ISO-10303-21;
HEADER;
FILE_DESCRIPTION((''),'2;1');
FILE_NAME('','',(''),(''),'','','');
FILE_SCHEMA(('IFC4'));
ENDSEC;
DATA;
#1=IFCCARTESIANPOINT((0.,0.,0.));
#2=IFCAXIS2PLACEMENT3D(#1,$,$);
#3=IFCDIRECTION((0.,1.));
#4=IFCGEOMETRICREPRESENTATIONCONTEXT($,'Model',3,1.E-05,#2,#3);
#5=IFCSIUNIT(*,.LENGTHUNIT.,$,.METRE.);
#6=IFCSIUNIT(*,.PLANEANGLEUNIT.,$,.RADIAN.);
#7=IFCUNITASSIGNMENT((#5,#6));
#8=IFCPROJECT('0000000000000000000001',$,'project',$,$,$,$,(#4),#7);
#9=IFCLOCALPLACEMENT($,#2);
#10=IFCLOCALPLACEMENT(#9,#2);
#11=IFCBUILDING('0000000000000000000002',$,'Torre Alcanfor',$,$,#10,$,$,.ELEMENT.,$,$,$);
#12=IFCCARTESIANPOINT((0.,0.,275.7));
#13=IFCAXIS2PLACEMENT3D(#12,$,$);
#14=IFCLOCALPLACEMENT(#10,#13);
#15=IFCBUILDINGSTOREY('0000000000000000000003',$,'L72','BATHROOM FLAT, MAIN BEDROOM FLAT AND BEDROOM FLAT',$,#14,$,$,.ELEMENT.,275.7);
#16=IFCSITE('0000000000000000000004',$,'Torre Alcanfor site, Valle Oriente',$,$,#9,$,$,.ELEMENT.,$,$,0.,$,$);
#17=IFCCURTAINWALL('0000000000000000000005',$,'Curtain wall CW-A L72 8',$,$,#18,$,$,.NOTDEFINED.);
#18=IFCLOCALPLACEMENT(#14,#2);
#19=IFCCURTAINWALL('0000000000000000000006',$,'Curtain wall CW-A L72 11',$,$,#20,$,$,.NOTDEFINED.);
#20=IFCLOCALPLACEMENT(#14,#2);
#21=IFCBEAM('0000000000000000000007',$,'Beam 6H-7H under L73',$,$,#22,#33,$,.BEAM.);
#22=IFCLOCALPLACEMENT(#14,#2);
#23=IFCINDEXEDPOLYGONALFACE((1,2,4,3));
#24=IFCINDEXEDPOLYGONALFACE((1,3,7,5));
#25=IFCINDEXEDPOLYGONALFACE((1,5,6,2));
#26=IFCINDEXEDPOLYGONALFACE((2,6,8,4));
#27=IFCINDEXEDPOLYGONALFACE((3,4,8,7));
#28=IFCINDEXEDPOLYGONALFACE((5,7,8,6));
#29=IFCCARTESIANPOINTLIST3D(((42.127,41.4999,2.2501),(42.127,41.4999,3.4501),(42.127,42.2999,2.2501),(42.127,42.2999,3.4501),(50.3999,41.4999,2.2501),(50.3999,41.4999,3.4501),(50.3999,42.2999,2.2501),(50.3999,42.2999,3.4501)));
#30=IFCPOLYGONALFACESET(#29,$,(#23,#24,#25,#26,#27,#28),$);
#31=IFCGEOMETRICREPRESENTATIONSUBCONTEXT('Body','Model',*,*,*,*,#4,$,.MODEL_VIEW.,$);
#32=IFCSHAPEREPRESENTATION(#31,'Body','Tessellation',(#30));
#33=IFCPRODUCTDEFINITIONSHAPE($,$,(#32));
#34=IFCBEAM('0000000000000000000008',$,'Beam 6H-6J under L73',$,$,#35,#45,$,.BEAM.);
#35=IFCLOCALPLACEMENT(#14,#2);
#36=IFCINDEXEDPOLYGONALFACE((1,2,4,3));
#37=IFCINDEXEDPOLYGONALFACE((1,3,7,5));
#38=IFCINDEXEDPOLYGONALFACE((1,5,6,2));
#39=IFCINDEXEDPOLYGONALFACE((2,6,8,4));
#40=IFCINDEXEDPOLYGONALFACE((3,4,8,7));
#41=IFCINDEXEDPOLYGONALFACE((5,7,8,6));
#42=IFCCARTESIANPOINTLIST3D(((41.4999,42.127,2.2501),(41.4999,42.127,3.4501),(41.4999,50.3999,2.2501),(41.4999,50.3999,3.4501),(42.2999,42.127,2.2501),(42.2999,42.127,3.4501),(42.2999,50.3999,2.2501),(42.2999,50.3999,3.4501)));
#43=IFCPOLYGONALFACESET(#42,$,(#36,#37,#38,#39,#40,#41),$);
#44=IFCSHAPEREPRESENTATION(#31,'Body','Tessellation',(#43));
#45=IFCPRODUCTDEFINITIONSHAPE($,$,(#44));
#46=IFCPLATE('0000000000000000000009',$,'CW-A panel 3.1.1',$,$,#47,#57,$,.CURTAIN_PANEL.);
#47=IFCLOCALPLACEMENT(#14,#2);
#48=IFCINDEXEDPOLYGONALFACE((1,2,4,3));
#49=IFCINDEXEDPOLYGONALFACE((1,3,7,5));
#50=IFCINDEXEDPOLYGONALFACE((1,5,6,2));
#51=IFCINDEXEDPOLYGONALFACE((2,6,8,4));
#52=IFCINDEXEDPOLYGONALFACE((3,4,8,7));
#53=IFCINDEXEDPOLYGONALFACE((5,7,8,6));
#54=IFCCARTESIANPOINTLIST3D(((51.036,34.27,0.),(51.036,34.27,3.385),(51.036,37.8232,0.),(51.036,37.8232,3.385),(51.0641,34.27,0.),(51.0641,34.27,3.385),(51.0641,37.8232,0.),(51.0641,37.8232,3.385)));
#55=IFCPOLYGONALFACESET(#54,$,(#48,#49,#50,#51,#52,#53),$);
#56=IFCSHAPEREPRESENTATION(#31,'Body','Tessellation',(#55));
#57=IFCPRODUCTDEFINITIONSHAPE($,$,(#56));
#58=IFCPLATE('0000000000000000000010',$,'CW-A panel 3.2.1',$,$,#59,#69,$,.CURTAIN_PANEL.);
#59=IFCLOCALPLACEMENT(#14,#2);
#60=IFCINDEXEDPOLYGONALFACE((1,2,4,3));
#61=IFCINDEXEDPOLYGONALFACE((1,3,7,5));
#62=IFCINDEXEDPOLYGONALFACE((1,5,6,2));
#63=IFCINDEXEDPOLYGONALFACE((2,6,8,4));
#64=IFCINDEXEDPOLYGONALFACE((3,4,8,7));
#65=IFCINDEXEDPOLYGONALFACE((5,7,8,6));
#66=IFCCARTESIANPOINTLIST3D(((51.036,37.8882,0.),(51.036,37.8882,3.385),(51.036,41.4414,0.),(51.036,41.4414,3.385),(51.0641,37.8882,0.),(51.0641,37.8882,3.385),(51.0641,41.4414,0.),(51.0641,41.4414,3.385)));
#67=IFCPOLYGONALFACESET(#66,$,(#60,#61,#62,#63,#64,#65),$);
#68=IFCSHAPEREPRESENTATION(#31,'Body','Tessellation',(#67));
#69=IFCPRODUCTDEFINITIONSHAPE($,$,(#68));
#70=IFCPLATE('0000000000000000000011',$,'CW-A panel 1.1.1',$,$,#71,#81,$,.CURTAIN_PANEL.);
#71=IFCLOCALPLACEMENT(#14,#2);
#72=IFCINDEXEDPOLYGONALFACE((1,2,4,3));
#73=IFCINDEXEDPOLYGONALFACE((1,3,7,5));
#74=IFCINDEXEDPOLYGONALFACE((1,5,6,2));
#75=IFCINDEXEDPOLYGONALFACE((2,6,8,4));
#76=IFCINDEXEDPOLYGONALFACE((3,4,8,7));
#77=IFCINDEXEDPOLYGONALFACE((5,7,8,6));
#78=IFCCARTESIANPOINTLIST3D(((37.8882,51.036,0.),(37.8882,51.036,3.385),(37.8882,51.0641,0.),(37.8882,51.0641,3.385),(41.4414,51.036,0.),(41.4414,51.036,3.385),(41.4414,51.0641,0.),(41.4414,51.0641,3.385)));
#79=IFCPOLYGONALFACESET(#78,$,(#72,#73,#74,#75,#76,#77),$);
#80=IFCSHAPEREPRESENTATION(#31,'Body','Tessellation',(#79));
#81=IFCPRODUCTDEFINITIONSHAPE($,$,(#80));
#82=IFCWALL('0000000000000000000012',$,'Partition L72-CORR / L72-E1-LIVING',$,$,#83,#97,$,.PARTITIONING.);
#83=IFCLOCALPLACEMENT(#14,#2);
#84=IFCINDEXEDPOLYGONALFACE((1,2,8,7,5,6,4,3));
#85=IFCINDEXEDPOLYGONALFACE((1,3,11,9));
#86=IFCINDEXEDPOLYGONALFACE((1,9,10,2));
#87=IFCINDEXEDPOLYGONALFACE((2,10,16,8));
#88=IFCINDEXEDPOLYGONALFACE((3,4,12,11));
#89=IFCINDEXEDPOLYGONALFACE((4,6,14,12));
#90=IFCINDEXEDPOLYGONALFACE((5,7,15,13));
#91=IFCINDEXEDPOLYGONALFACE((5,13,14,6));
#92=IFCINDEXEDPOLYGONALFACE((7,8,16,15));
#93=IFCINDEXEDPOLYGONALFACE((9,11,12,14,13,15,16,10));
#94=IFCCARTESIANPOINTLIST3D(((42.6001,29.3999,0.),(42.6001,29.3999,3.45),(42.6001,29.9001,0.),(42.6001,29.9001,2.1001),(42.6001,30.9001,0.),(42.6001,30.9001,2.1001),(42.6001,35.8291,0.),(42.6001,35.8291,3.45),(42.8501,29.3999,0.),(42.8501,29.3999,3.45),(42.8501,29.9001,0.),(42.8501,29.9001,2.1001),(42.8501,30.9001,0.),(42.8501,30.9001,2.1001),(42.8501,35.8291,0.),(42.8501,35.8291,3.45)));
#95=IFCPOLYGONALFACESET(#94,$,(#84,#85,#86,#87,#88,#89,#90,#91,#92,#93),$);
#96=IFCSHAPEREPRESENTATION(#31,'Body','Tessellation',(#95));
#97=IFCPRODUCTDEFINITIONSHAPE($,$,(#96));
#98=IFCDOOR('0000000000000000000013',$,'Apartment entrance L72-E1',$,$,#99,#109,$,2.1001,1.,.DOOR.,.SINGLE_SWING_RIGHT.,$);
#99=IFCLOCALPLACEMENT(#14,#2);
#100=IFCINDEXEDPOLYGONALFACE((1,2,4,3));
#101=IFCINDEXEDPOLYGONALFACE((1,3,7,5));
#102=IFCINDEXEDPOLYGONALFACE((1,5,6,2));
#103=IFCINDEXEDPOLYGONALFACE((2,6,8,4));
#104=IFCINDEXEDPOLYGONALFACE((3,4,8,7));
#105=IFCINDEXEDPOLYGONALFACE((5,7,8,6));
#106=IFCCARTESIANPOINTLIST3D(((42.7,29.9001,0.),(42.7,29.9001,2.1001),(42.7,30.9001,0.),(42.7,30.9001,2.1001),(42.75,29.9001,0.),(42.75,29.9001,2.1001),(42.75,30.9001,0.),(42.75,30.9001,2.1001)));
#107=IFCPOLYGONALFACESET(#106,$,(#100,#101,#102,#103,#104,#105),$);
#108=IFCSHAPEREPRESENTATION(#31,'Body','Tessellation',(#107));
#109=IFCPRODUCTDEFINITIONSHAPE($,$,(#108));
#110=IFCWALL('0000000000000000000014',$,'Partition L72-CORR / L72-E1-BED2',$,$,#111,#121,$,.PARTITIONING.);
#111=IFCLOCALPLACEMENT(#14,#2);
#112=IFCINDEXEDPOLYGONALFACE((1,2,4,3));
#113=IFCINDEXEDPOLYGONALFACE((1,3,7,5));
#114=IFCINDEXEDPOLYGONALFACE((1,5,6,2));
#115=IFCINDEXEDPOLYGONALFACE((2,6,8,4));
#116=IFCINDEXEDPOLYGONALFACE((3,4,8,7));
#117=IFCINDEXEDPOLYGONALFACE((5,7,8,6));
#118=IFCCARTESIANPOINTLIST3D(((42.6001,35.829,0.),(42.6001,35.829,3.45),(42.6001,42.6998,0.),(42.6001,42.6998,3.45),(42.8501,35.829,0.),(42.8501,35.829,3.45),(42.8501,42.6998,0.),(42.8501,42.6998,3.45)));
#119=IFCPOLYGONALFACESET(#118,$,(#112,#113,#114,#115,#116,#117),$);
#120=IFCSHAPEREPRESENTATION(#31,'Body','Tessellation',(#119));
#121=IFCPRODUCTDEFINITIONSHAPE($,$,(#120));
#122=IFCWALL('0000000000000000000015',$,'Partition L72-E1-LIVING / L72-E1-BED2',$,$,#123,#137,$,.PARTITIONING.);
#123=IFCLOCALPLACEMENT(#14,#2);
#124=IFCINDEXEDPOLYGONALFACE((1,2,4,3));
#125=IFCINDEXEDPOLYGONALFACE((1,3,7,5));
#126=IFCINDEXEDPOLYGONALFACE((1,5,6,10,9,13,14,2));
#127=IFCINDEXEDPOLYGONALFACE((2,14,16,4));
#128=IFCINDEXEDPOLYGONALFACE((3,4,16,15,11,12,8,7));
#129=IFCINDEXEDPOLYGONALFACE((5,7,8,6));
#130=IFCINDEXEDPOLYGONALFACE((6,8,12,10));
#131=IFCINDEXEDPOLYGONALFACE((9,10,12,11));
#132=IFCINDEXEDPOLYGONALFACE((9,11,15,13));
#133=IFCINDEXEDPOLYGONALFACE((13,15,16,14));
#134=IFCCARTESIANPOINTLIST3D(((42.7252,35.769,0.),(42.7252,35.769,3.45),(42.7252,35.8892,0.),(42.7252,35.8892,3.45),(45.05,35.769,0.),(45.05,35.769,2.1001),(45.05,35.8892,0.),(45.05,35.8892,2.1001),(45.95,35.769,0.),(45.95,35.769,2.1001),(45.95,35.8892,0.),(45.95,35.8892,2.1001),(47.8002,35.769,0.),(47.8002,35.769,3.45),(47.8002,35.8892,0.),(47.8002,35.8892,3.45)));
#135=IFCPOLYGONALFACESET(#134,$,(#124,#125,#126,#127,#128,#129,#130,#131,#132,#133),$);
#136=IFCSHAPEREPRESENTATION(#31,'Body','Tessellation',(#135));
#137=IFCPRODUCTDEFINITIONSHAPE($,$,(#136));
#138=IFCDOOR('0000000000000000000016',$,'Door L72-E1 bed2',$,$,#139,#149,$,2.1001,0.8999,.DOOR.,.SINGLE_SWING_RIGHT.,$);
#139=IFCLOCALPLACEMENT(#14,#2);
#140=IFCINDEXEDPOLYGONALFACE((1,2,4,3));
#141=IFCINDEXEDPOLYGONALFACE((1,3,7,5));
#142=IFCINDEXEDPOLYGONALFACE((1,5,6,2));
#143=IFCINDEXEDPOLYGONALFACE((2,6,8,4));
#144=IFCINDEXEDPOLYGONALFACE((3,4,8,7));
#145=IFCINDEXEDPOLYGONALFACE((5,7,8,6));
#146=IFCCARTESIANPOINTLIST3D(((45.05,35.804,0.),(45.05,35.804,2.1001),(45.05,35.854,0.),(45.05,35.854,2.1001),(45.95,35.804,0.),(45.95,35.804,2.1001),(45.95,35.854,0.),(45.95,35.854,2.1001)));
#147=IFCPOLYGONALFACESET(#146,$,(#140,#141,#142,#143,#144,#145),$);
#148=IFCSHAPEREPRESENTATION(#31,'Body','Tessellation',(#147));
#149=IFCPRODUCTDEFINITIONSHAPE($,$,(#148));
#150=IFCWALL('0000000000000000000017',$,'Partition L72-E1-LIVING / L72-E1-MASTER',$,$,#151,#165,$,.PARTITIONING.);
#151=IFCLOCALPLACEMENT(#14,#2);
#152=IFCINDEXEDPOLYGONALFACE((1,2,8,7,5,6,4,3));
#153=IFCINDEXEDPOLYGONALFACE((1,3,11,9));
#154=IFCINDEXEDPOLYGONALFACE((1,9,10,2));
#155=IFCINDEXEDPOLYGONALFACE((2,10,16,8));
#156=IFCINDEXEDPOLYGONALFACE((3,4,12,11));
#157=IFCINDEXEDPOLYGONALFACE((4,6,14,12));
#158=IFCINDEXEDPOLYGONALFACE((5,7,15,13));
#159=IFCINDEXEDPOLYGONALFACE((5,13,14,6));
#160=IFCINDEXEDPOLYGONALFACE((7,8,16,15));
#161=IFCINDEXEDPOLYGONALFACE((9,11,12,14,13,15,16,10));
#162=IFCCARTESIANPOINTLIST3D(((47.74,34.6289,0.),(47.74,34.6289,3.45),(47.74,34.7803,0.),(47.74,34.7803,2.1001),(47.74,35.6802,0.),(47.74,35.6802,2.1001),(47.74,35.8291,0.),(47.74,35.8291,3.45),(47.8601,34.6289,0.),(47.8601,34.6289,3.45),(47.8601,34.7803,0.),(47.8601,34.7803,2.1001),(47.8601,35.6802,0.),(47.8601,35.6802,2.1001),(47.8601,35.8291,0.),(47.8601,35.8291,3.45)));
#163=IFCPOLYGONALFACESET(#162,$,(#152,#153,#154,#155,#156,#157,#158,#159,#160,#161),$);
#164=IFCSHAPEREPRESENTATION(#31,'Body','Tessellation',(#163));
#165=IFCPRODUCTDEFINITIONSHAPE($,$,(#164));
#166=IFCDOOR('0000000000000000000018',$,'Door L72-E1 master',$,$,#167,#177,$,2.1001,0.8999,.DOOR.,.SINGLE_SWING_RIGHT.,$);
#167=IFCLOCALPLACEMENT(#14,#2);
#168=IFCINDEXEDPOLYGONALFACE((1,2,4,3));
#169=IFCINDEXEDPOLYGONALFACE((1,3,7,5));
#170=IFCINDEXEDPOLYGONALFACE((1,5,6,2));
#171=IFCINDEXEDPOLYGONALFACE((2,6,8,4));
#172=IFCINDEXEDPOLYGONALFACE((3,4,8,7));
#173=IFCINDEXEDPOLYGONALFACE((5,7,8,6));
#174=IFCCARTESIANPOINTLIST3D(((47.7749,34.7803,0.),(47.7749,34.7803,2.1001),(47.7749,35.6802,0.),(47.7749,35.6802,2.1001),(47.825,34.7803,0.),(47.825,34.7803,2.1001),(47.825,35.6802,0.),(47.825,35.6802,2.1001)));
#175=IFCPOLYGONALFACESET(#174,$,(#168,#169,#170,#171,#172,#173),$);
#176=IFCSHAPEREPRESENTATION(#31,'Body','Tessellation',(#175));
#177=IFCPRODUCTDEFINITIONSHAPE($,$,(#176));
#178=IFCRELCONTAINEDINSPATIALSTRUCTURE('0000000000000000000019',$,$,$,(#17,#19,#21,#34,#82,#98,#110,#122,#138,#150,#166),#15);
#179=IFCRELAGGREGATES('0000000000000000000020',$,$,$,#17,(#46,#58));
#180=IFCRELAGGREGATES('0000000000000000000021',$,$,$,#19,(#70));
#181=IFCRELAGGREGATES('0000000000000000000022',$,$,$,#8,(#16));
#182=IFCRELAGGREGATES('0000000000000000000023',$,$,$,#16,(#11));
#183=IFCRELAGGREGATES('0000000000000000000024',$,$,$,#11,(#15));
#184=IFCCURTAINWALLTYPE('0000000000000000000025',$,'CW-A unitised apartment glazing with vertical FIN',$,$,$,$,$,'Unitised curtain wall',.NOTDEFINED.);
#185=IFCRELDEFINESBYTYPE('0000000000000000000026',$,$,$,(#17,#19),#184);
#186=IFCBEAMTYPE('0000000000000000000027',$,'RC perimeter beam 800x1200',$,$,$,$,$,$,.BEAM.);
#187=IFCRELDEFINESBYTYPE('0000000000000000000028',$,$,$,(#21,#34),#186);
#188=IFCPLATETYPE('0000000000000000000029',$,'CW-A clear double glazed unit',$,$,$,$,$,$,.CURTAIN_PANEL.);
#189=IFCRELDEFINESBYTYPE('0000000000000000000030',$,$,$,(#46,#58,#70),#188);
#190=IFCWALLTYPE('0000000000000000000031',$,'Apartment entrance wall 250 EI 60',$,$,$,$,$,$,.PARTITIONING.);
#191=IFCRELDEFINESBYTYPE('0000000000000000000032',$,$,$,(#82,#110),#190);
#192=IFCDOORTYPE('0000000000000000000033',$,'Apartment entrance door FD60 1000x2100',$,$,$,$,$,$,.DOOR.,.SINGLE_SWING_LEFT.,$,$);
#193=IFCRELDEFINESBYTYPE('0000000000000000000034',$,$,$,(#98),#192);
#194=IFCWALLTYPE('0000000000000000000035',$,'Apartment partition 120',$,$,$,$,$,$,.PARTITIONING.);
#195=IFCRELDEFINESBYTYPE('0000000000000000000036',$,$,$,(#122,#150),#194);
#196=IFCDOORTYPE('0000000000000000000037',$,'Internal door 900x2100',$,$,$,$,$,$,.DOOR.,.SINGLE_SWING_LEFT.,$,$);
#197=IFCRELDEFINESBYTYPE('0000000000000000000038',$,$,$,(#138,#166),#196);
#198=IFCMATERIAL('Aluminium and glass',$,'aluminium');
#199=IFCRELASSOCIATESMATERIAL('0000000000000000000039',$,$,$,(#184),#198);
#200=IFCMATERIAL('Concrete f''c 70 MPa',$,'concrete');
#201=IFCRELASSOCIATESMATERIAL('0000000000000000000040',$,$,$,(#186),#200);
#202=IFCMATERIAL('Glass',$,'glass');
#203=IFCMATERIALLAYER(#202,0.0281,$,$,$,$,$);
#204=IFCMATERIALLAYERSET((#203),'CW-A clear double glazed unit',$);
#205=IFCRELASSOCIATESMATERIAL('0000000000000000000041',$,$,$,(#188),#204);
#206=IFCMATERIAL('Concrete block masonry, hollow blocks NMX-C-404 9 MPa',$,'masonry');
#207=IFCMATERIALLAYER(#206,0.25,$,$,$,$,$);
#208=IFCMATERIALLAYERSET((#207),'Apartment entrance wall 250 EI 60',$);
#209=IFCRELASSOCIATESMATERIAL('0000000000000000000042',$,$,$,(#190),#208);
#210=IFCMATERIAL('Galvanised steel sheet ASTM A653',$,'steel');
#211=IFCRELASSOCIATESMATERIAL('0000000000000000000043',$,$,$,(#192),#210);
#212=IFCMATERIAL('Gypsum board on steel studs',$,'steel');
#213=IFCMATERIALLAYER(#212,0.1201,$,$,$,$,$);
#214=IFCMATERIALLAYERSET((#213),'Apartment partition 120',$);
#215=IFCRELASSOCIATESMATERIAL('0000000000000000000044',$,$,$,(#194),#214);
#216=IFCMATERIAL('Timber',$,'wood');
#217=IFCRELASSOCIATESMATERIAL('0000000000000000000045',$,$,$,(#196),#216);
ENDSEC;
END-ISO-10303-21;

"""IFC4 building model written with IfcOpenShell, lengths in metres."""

from ifc_helpers import new_model, si_unit, direction, frame, frame_2d, origin, origin_2d, place, context, subcontext, project, spatial, rectangle, extrude, material, layer, layer_set, material_profile, profile_set, type_object, element, fill, aggregate, save


model = new_model("IFC4")

# Units and contexts
model_context = context("Model", 3, precision=1e-05, world=origin(), true_north=direction((0.0, 1.0)))
body_context = subcontext(model_context, "Body", "Model", "MODEL_VIEW")
ifc_project = project(units=[si_unit("LENGTHUNIT", "METRE"), si_unit("PLANEANGLEUNIT", "RADIAN")], contexts=[model_context])

# Site, building, storey
site_placement = place(None, origin())
site = spatial("IfcSite", under=ifc_project, at=site_placement, Name="Torre Alcanfor site, Valle Oriente", CompositionType="ELEMENT", RefElevation=0.0)
building_placement = place(site_placement, origin())
building = spatial("IfcBuilding", under=site, at=building_placement, Name="Torre Alcanfor", CompositionType="ELEMENT")
storey_placement = place(building_placement, frame((0.0, 0.0, 275.7)))
storey = spatial("IfcBuildingStorey", under=building, at=storey_placement, Name="L72", Description="BATHROOM FLAT, MAIN BEDROOM FLAT AND BEDROOM FLAT", CompositionType="ELEMENT", Elevation=275.7)

# Curtain walls
ifc_material_1 = material(Name="Aluminium and glass", Category="aluminium")
curtain_wall_type = type_object("IfcCurtainWallType", Name="CW-A unitised apartment glazing with vertical FIN", ElementType="Unitised curtain wall", PredefinedType="NOTDEFINED", material=ifc_material_1)
curtain_wall_1_placement = place(storey_placement, origin())
curtain_wall_1 = element("IfcCurtainWall", 1, at=curtain_wall_1_placement, inside=storey, type_object=curtain_wall_type, Name="Curtain wall CW-A L72 8", PredefinedType="NOTDEFINED")
curtain_wall_2_placement = place(storey_placement, origin())
curtain_wall_2 = element("IfcCurtainWall", 2, at=curtain_wall_2_placement, inside=storey, type_object=curtain_wall_type, Name="Curtain wall CW-A L72 11", PredefinedType="NOTDEFINED")

# Beams
ifc_material_2 = material(Name="Concrete f'c 70 MPa", Category="concrete")
ifc_material_profile_1 = material_profile(ifc_material_2, rectangle(XDim=0.8, YDim=1.2, at=origin_2d()), Name="800x1200")
ifc_profile_set_1 = profile_set([ifc_material_profile_1], Name="Concrete f'c 70 MPa")
beam_type = type_object("IfcBeamType", Name="RC perimeter beam 800x1200", PredefinedType="BEAM", material=ifc_profile_set_1)
for number, where, z_axis, x_axis, name in (
    (3, (42.127, 41.8999, 2.8501), (1.0, 0.0, 0.0), (0.0, 1.0, 0.0), "Beam 6H-7H under L73"),
    (4, (41.8999, 42.127, 2.8501), (0.0, 1.0, 0.0), (-1.0, 0.0, 0.0), "Beam 6H-6J under L73"),
):
    element("IfcBeam", number, at=place(storey_placement, frame(where, z_axis=z_axis, x_axis=x_axis)), inside=storey, type_object=beam_type, Name=name, PredefinedType="BEAM", context=body_context, shape_type="SweptSolid", body=[
        extrude(rectangle(XDim=0.8, YDim=1.2, at=origin_2d()), origin(), (0.0, 0.0, 1.0), 8.2729),
    ])

# Plates
ifc_material_3 = material(Name="Glass", Category="glass")
ifc_layer_1 = layer(ifc_material_3, 0.0281)
ifc_layer_set_1 = layer_set([ifc_layer_1], Name="CW-A clear double glazed unit")
plate_type = type_object("IfcPlateType", Name="CW-A clear double glazed unit", PredefinedType="CURTAIN_PANEL", material=ifc_layer_set_1)
plate_1_placement = place(storey_placement, frame((51.05, 36.0466, 0.0), z_axis=(0.0, 0.0, 1.0), x_axis=(0.0, 1.0, 0.0)))
plate_1 = element("IfcPlate", 5, at=plate_1_placement, type_object=plate_type, Name="CW-A panel 3.1.1", PredefinedType="CURTAIN_PANEL", context=body_context, shape_type="SweptSolid", body=[
    extrude(rectangle(XDim=3.5532, YDim=0.0281, at=origin_2d()), origin(), (0.0, 0.0, 1.0), 3.385),
])
plate_2_placement = place(storey_placement, frame((51.05, 39.6648, 0.0), z_axis=(0.0, 0.0, 1.0), x_axis=(0.0, 1.0, 0.0)))
plate_2 = element("IfcPlate", 6, at=plate_2_placement, type_object=plate_type, Name="CW-A panel 3.2.1", PredefinedType="CURTAIN_PANEL", context=body_context, shape_type="SweptSolid", body=[
    extrude(rectangle(XDim=3.5532, YDim=0.0281, at=origin_2d()), origin(), (0.0, 0.0, 1.0), 3.385),
])
aggregate(curtain_wall_1, [plate_1, plate_2])
plate_3_placement = place(storey_placement, frame((39.6648, 51.05, 0.0), z_axis=(0.0, 0.0, 1.0), x_axis=(-1.0, 0.0, 0.0)))
plate_3 = element("IfcPlate", 7, at=plate_3_placement, type_object=plate_type, Name="CW-A panel 1.1.1", PredefinedType="CURTAIN_PANEL", context=body_context, shape_type="SweptSolid", body=[
    extrude(rectangle(XDim=3.5532, YDim=0.0281, at=origin_2d()), origin(), (0.0, 0.0, 1.0), 3.385),
])
aggregate(curtain_wall_2, [plate_3])

# Wall, opening, door
ifc_material_4 = material(Name="Concrete block masonry, hollow blocks NMX-C-404 9 MPa", Category="masonry")
ifc_layer_2 = layer(ifc_material_4, 0.25)
ifc_layer_set_2 = layer_set([ifc_layer_2], Name="Apartment entrance wall 250 EI 60")
wall_type_1 = type_object("IfcWallType", Name="Apartment entrance wall 250 EI 60", PredefinedType="PARTITIONING", material=ifc_layer_set_2)
wall_1_placement = place(storey_placement, frame((42.7251, 35.8291, 0.0), z_axis=(0.0, 0.0, 1.0), x_axis=(0.0, -1.0, 0.0)))
wall_1 = element("IfcWall", 8, at=wall_1_placement, inside=storey, type_object=wall_type_1, Name="Partition L72-CORR / L72-E1-LIVING", PredefinedType="PARTITIONING", context=body_context, shape_type="SweptSolid", body=[
    extrude(rectangle(XDim=6.4292, YDim=0.25, at=frame_2d((3.2146, 0.0))), origin(), (0.0, 0.0, 1.0), 3.45),
])
opening_1_placement = place(wall_1_placement, frame((4.929, 0.0, 0.0)))
opening_1 = element("IfcOpeningElement", 9, at=opening_1_placement, cuts=wall_1, PredefinedType="OPENING", context=body_context, shape_type="SweptSolid", body=[
    extrude(rectangle(XDim=1.0, YDim=2.1001, at=frame_2d((0.5, 1.05))), frame((0.0, 0.135, 0.0), z_axis=(0.0, -1.0, 0.0), x_axis=(1.0, 0.0, 0.0)), (0.0, 0.0, 1.0), 0.27),
])
ifc_material_5 = material(Name="Galvanised steel sheet ASTM A653", Category="steel")
door_type_1 = type_object("IfcDoorType", Name="Apartment entrance door FD60 1000x2100", OperationType="SINGLE_SWING_LEFT", PredefinedType="DOOR", material=ifc_material_5)
door_1_placement = place(opening_1_placement, origin())
door_1 = element("IfcDoor", 10, at=door_1_placement, inside=storey, type_object=door_type_1, Name="Apartment entrance L72-E1", OperationType="SINGLE_SWING_RIGHT", OverallHeight=2.1001, OverallWidth=1.0, PredefinedType="DOOR", context=body_context, shape_type="SweptSolid", body=[
    extrude(rectangle(XDim=1.0, YDim=2.1001, at=frame_2d((0.5, 1.05))), frame((0.0, 0.0249, 0.0), z_axis=(0.0, -1.0, 0.0), x_axis=(1.0, 0.0, 0.0)), (0.0, 0.0, 1.0), 0.05),
])
fill(opening_1, door_1)

# Wall
wall_2_placement = place(storey_placement, frame((42.7251, 42.7, 0.0), z_axis=(0.0, 0.0, 1.0), x_axis=(0.0, -1.0, 0.0)))
element("IfcWall", 11, at=wall_2_placement, inside=storey, type_object=wall_type_1, Name="Partition L72-CORR / L72-E1-BED2", PredefinedType="PARTITIONING", context=body_context, shape_type="SweptSolid", body=[
    extrude(rectangle(XDim=6.8708, YDim=0.25, at=frame_2d((3.4355, 0.0))), origin(), (0.0, 0.0, 1.0), 3.45),
])

# Walls, openings, doors
ifc_material_6 = material(Name="Gypsum board on steel studs", Category="steel")
ifc_layer_3 = layer(ifc_material_6, 0.1201)
ifc_layer_set_3 = layer_set([ifc_layer_3], Name="Apartment partition 120")
wall_type_2 = type_object("IfcWallType", Name="Apartment partition 120", PredefinedType="PARTITIONING", material=ifc_layer_set_3)
wall_3_placement = place(storey_placement, frame((42.7251, 35.8291, 0.0), z_axis=(0.0, 0.0, 1.0), x_axis=(1.0, 0.0, 0.0)))
wall_3 = element("IfcWall", 12, at=wall_3_placement, inside=storey, type_object=wall_type_2, Name="Partition L72-E1-LIVING / L72-E1-BED2", PredefinedType="PARTITIONING", context=body_context, shape_type="SweptSolid", body=[
    extrude(rectangle(XDim=5.075, YDim=0.1201, at=frame_2d((2.5376, 0.0))), origin(), (0.0, 0.0, 1.0), 3.45),
])
opening_2_placement = place(wall_3_placement, frame((2.325, 0.0, 0.0)))
opening_2 = element("IfcOpeningElement", 13, at=opening_2_placement, cuts=wall_3, PredefinedType="OPENING", context=body_context, shape_type="SweptSolid", body=[
    extrude(rectangle(XDim=0.8999, YDim=2.1001, at=frame_2d((0.45, 1.05))), frame((0.0, 0.0701, 0.0), z_axis=(0.0, -1.0, 0.0), x_axis=(1.0, 0.0, 0.0)), (0.0, 0.0, 1.0), 0.1401),
])
ifc_material_7 = material(Name="Timber", Category="wood")
door_type_2 = type_object("IfcDoorType", Name="Internal door 900x2100", OperationType="SINGLE_SWING_LEFT", PredefinedType="DOOR", material=ifc_material_7)
door_2_placement = place(opening_2_placement, origin())
door_2 = element("IfcDoor", 14, at=door_2_placement, inside=storey, type_object=door_type_2, Name="Door L72-E1 bed2", OperationType="SINGLE_SWING_RIGHT", OverallHeight=2.1001, OverallWidth=0.8999, PredefinedType="DOOR", context=body_context, shape_type="SweptSolid", body=[
    extrude(rectangle(XDim=0.8999, YDim=2.1001, at=frame_2d((0.45, 1.05))), frame((0.0, 0.0249, 0.0), z_axis=(0.0, -1.0, 0.0), x_axis=(1.0, 0.0, 0.0)), (0.0, 0.0, 1.0), 0.05),
])
fill(opening_2, door_2)
wall_4_placement = place(storey_placement, frame((47.8, 35.8291, 0.0), z_axis=(0.0, 0.0, 1.0), x_axis=(0.0, -1.0, 0.0)))
wall_4 = element("IfcWall", 15, at=wall_4_placement, inside=storey, type_object=wall_type_2, Name="Partition L72-E1-LIVING / L72-E1-MASTER", PredefinedType="PARTITIONING", context=body_context, shape_type="SweptSolid", body=[
    extrude(rectangle(XDim=1.2002, YDim=0.1201, at=frame_2d((0.6001, 0.0))), origin(), (0.0, 0.0, 1.0), 3.45),
])
opening_3_placement = place(wall_4_placement, frame((0.1489, 0.0, 0.0)))
opening_3 = element("IfcOpeningElement", 16, at=opening_3_placement, cuts=wall_4, PredefinedType="OPENING", context=body_context, shape_type="SweptSolid", body=[
    extrude(rectangle(XDim=0.8999, YDim=2.1001, at=frame_2d((0.45, 1.05))), frame((0.0, 0.0701, 0.0), z_axis=(0.0, -1.0, 0.0), x_axis=(1.0, 0.0, 0.0)), (0.0, 0.0, 1.0), 0.1401),
])
door_3_placement = place(opening_3_placement, origin())
door_3 = element("IfcDoor", 17, at=door_3_placement, inside=storey, type_object=door_type_2, Name="Door L72-E1 master", OperationType="SINGLE_SWING_RIGHT", OverallHeight=2.1001, OverallWidth=0.8999, PredefinedType="DOOR", context=body_context, shape_type="SweptSolid", body=[
    extrude(rectangle(XDim=0.8999, YDim=2.1001, at=frame_2d((0.45, 1.05))), frame((0.0, 0.0249, 0.0), z_axis=(0.0, -1.0, 0.0), x_axis=(1.0, 0.0, 0.0)), (0.0, 0.0, 1.0), 0.05),
])
fill(opening_3, door_3)

save(model, "model.ifc")
